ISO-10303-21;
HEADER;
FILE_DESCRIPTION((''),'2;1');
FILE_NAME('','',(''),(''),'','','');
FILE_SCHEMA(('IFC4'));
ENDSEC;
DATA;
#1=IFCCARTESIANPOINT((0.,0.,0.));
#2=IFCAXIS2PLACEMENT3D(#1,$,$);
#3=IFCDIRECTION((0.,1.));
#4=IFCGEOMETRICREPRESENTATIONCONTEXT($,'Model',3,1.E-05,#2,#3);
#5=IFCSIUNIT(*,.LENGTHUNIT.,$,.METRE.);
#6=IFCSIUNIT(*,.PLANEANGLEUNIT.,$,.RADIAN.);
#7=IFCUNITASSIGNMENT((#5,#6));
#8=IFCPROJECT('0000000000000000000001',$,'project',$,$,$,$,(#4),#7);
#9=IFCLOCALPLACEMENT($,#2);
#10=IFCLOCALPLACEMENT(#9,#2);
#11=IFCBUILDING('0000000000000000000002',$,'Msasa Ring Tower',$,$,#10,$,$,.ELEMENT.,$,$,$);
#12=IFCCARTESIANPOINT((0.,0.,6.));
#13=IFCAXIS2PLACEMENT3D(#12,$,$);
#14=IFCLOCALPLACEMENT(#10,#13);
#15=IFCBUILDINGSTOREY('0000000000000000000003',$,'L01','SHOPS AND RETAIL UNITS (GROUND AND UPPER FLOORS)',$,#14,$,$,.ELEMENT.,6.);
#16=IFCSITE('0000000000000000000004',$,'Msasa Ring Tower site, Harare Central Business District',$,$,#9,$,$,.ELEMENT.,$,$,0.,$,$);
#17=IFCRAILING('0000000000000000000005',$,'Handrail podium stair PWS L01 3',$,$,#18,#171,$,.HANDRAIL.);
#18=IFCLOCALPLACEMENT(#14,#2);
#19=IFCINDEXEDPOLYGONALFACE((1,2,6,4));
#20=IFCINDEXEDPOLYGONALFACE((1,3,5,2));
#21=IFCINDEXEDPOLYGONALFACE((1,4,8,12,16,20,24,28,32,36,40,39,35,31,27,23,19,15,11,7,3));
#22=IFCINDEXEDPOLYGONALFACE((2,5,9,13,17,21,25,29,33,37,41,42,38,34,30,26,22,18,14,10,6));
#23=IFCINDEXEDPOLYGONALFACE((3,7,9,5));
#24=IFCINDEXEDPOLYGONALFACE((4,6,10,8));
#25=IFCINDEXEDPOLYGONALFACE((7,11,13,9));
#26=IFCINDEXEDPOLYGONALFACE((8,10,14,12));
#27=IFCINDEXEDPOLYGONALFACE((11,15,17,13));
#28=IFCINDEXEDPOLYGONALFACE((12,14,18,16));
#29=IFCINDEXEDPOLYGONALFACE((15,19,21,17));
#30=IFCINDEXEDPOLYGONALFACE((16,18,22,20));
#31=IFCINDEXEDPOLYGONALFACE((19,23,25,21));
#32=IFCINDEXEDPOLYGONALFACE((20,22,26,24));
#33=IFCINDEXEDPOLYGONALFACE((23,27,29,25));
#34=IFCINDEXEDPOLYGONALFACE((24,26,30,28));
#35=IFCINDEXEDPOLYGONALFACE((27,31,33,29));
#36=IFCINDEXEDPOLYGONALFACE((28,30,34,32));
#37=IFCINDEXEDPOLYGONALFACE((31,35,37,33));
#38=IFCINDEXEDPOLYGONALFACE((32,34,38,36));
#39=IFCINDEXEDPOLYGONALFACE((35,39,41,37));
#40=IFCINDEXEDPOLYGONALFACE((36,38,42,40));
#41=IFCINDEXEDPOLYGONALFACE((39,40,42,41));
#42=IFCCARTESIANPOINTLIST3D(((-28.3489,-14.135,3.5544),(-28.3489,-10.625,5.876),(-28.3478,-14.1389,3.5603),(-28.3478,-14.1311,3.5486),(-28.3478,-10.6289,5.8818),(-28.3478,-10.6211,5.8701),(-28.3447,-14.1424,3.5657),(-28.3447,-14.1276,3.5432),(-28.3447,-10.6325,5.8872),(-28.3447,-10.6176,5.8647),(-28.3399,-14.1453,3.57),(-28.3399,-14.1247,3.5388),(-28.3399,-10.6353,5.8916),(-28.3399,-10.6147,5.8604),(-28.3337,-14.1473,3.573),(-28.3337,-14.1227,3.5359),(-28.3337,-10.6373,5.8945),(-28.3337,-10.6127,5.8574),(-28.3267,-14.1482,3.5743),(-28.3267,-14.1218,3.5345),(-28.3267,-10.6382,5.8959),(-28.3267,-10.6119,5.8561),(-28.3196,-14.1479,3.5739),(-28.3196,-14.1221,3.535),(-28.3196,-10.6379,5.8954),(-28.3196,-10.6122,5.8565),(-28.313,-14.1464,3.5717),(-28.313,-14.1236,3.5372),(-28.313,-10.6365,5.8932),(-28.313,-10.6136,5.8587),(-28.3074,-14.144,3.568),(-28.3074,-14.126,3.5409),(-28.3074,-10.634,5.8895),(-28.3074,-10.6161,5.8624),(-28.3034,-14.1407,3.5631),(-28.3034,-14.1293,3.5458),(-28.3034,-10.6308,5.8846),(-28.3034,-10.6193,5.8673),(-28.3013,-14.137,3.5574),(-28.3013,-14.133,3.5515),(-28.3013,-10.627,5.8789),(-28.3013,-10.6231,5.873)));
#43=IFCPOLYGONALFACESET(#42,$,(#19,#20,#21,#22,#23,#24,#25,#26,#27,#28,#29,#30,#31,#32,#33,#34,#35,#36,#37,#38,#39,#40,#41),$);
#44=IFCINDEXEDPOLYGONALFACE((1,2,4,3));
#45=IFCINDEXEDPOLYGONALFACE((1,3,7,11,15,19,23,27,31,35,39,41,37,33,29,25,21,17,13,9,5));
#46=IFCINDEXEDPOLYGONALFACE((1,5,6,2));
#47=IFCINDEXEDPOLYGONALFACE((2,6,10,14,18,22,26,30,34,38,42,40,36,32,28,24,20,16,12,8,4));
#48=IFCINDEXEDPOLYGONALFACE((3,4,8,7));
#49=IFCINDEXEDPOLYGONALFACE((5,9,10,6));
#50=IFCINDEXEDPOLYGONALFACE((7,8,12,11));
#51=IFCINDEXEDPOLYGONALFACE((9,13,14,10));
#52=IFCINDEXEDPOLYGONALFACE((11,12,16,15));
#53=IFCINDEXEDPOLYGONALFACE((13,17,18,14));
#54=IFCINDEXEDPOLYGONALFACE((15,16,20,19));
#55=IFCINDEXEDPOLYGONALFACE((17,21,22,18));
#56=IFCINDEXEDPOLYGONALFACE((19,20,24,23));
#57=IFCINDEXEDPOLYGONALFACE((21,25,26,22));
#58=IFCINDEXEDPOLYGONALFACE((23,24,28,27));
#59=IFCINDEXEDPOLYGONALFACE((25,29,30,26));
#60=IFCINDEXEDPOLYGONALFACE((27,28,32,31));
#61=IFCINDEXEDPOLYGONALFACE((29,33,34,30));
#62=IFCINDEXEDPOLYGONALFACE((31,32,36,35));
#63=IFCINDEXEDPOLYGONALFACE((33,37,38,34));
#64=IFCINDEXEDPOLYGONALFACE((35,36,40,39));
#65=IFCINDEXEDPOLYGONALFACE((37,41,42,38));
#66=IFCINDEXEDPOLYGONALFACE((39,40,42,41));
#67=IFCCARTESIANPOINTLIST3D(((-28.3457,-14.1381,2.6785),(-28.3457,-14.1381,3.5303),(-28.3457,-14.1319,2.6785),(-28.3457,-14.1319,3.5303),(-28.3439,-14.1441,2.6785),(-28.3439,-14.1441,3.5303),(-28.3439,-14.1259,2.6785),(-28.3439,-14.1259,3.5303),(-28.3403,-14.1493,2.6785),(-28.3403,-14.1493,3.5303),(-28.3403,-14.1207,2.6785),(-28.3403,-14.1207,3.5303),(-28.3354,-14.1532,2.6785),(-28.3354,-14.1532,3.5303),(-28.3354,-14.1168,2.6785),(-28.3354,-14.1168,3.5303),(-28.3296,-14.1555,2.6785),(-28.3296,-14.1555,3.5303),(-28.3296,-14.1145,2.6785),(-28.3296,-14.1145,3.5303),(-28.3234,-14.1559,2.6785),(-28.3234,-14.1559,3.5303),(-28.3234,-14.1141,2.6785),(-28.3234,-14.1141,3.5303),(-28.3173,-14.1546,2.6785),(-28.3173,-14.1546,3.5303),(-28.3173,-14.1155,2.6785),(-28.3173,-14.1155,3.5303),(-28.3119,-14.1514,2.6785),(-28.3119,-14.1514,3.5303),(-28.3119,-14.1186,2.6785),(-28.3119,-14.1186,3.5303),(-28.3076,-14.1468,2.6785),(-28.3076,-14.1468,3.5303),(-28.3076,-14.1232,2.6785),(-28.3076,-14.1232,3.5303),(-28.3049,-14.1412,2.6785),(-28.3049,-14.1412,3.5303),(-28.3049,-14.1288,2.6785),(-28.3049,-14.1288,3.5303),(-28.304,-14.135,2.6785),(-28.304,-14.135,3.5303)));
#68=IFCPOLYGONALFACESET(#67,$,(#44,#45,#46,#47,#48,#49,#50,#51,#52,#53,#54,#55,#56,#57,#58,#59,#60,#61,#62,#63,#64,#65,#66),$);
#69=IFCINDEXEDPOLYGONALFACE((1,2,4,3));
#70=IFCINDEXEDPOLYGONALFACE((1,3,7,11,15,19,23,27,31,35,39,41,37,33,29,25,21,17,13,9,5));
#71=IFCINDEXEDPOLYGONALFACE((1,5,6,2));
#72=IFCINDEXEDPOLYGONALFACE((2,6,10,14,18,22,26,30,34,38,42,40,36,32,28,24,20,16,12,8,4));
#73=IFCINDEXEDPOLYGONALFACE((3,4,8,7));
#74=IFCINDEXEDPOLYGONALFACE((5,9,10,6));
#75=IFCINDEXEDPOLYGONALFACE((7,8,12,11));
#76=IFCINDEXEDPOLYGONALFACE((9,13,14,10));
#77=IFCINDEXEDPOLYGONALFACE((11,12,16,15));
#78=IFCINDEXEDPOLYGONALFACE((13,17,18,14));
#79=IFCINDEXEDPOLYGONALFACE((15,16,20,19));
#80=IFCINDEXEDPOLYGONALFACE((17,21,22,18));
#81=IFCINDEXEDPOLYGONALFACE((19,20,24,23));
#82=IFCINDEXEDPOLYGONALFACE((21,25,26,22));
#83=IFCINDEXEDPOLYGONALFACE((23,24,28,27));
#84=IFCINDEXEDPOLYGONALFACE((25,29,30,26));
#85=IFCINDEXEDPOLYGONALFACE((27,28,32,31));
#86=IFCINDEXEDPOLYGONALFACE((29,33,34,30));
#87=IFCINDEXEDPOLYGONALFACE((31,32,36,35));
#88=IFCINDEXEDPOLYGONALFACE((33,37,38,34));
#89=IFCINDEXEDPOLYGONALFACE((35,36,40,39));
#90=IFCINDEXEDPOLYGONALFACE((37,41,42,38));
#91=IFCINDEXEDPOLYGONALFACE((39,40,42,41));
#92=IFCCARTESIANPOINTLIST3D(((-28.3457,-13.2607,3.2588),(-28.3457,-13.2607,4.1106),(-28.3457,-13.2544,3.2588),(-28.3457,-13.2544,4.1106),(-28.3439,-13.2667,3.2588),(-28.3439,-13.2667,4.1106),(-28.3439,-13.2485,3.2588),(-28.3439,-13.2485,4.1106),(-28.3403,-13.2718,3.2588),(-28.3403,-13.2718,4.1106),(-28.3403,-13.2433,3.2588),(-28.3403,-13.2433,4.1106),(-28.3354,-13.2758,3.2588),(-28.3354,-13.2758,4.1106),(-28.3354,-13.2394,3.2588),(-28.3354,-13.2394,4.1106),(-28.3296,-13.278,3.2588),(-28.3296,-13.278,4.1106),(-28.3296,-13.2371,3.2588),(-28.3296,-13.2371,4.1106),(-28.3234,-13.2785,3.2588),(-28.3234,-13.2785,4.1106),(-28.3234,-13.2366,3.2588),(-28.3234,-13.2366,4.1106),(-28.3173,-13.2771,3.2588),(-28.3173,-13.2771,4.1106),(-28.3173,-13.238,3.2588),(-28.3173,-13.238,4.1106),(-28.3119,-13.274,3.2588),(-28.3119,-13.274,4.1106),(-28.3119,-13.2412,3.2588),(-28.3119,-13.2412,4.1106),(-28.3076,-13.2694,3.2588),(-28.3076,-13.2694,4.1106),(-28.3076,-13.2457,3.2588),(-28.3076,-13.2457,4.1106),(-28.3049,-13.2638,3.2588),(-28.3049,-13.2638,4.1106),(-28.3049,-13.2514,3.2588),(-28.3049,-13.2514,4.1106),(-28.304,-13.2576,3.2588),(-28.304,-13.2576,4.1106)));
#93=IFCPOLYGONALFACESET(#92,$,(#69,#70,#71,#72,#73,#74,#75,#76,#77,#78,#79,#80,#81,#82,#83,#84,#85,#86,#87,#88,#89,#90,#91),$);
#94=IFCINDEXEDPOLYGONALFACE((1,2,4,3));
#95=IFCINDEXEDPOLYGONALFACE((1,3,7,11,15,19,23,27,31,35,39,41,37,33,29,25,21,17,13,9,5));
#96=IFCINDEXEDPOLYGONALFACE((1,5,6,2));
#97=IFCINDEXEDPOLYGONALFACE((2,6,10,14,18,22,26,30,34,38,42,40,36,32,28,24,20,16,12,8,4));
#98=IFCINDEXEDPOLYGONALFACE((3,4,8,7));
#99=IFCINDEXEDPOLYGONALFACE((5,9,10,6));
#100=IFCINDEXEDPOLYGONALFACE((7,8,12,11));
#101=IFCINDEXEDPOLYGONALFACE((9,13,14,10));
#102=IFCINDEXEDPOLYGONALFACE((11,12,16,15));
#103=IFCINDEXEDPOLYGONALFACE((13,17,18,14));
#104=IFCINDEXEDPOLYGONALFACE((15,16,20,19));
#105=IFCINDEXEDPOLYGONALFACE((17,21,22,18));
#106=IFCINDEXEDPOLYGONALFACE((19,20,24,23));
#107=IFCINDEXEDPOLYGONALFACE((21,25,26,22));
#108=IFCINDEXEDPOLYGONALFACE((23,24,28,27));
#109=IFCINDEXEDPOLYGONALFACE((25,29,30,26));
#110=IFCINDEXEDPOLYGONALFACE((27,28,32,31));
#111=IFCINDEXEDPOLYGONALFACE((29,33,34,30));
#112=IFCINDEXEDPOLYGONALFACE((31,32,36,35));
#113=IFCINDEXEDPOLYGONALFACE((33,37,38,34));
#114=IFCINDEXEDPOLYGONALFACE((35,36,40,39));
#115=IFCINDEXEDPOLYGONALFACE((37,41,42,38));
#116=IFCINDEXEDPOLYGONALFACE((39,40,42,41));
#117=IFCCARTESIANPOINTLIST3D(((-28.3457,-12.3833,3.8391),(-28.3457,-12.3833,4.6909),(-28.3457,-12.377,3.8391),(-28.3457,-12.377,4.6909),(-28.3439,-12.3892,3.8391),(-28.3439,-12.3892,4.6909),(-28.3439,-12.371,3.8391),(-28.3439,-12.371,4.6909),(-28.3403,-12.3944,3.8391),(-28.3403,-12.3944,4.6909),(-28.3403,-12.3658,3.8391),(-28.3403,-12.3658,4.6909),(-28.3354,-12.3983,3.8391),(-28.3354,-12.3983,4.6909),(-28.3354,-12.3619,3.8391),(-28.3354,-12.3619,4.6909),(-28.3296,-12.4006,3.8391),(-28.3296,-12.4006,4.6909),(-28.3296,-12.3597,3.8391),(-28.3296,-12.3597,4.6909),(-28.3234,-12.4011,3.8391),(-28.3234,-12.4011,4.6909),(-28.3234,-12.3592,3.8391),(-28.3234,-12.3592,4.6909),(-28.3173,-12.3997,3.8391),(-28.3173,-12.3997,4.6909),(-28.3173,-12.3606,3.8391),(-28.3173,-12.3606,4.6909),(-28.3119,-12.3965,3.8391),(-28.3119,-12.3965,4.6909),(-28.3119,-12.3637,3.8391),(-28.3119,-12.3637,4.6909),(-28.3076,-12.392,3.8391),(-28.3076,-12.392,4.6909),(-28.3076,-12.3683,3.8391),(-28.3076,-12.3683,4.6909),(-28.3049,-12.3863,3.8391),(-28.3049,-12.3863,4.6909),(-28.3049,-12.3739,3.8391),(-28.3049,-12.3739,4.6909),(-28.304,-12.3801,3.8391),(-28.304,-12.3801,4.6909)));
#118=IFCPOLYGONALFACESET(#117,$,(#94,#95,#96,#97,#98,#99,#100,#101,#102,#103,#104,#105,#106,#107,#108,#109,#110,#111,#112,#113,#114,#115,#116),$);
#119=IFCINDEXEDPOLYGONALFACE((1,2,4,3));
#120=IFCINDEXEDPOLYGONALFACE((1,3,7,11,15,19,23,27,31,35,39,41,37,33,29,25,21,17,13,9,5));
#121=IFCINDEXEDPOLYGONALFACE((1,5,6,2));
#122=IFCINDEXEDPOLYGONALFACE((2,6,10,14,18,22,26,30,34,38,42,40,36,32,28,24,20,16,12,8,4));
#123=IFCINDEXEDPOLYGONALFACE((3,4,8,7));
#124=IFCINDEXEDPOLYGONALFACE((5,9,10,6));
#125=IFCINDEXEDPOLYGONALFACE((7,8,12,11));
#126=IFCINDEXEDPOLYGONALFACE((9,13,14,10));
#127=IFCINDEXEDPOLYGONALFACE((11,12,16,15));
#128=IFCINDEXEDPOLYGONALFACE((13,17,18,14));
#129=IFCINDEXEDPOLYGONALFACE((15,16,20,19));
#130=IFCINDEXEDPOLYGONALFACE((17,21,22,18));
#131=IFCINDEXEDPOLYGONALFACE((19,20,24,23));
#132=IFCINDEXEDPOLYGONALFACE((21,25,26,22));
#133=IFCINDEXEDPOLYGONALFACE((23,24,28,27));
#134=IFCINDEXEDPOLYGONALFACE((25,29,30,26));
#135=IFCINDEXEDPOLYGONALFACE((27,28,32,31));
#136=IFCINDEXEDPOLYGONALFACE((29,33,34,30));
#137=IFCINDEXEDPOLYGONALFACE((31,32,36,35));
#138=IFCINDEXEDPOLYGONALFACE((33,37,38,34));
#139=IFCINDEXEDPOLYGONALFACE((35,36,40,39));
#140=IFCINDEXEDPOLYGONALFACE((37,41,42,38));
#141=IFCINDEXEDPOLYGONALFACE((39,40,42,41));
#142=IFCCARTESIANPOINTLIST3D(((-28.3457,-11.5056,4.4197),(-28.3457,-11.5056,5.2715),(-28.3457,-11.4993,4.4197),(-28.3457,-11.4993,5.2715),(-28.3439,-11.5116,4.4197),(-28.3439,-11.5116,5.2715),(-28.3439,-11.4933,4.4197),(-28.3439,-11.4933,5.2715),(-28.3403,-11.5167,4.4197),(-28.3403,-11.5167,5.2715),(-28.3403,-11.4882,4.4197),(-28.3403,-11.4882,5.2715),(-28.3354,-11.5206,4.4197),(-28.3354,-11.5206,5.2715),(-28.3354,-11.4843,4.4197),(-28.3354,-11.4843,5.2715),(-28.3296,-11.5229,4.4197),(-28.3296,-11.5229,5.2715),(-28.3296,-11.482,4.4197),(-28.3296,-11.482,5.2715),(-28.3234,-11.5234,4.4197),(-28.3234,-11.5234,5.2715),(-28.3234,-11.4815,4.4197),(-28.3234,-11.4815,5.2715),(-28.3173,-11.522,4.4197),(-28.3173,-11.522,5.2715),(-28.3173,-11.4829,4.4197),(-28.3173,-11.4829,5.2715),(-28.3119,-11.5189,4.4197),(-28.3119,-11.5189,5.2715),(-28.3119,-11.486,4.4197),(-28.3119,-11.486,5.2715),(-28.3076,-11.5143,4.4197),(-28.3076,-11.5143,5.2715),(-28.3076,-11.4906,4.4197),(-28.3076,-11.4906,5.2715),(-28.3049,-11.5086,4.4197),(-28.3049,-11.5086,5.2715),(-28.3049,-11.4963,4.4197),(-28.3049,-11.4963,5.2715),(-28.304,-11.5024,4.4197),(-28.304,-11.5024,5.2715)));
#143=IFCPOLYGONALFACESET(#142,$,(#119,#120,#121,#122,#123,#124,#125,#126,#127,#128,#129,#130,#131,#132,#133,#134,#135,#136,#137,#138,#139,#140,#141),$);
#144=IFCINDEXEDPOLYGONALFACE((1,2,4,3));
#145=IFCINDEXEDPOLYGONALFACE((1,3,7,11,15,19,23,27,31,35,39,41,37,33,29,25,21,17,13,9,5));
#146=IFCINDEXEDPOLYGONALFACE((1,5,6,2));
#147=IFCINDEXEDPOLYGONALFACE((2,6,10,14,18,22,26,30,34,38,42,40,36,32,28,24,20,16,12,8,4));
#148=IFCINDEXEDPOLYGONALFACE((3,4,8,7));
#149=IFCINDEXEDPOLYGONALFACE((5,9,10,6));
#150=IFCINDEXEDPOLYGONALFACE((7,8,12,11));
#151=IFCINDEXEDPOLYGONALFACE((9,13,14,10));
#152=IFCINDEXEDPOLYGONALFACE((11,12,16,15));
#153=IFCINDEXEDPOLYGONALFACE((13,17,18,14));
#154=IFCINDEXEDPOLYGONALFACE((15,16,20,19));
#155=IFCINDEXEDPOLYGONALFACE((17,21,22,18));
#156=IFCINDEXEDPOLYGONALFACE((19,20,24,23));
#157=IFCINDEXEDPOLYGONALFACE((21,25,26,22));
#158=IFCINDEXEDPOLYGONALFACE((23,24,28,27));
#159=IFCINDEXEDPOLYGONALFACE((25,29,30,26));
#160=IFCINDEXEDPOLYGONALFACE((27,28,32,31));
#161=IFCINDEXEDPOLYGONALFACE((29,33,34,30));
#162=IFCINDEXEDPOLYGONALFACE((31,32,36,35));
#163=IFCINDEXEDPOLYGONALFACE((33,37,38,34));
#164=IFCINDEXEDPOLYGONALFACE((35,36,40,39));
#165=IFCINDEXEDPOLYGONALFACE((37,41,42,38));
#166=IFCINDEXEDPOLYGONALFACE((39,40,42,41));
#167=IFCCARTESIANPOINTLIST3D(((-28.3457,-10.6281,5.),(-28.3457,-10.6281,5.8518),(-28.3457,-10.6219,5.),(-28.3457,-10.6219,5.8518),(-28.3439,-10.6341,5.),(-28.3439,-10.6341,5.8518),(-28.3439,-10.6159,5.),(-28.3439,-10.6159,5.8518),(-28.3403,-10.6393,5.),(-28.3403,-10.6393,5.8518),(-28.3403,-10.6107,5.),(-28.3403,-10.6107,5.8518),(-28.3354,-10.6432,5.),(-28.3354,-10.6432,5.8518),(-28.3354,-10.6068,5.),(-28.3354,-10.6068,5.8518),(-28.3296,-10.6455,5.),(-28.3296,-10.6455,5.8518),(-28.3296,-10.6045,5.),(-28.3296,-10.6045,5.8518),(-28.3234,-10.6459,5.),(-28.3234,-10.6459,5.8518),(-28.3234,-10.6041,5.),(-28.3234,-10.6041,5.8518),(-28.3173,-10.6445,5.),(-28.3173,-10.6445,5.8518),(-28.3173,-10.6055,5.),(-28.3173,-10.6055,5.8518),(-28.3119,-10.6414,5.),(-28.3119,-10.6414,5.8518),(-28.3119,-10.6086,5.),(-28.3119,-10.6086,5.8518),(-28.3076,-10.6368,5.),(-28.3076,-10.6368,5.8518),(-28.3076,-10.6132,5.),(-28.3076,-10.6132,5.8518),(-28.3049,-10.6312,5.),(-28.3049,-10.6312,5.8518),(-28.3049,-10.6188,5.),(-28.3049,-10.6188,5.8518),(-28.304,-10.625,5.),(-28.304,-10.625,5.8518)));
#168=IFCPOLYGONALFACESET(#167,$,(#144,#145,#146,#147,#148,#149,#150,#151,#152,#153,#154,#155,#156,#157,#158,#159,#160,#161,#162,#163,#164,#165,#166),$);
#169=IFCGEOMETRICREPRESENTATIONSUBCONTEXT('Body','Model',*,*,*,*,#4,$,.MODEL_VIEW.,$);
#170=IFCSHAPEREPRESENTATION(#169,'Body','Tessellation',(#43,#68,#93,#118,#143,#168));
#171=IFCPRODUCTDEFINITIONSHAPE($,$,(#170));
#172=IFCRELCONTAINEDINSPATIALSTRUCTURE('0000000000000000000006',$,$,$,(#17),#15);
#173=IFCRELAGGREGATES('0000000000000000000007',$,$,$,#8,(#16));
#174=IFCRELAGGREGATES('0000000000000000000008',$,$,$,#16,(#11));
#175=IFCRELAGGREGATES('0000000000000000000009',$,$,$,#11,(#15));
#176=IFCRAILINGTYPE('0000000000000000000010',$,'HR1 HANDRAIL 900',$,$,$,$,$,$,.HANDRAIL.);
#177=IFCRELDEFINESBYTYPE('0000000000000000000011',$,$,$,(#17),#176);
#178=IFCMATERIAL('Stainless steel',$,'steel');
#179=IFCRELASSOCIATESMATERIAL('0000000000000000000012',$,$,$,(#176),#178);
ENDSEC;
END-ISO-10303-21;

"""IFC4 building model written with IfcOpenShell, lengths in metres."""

from ifc_helpers import new_model, si_unit, direction, frame, origin, origin_2d, place, context, subcontext, project, spatial, circle, extrude, material, type_object, element, save


model = new_model("IFC4")

# Units and contexts
model_context = context("Model", 3, precision=1e-05, world=origin(), true_north=direction((0.0, 1.0)))
body_context = subcontext(model_context, "Body", "Model", "MODEL_VIEW")
ifc_project = project(units=[si_unit("LENGTHUNIT", "METRE"), si_unit("PLANEANGLEUNIT", "RADIAN")], contexts=[model_context])

# Site, building, storey
site_placement = place(None, origin())
site = spatial("IfcSite", under=ifc_project, at=site_placement, Name="Msasa Ring Tower site, Harare Central Business District", CompositionType="ELEMENT", RefElevation=0.0)
building_placement = place(site_placement, origin())
building = spatial("IfcBuilding", under=site, at=building_placement, Name="Msasa Ring Tower", CompositionType="ELEMENT")
storey_placement = place(building_placement, frame((0.0, 0.0, 6.0)))
storey = spatial("IfcBuildingStorey", under=building, at=storey_placement, Name="L01", Description="SHOPS AND RETAIL UNITS (GROUND AND UPPER FLOORS)", CompositionType="ELEMENT", Elevation=6.0)

# Railing
ifc_material_1 = material(Name="Stainless steel", Category="steel")
railing_type = type_object("IfcRailingType", Name="HR1 HANDRAIL 900", PredefinedType="HANDRAIL", material=ifc_material_1)
for number, where, name in (
    (1, (-28.325, -14.135, 2.6785), "Handrail podium stair PWS L01 3"),
):
    element("IfcRailing", number, at=place(storey_placement, frame(where)), inside=storey, type_object=railing_type, Name=name, PredefinedType="HANDRAIL", context=body_context, shape_type="SweptSolid", body=[
        extrude(circle(Radius=0.0239, at=origin_2d()), frame((0.0, 0.0, 0.876), z_axis=(0.0, 0.834071, 0.551657), x_axis=(-1.0, 0.0, 0.0)), (0.0, 0.0, 1.0), 4.2083),
        extrude(circle(Radius=0.021, at=origin_2d()), origin(), (0.0, 0.0, 1.0), 0.8518),
        extrude(circle(Radius=0.021, at=origin_2d()), frame((0.0, 0.8774, 0.5803)), (0.0, 0.0, 1.0), 0.8518),
        extrude(circle(Radius=0.021, at=origin_2d()), frame((0.0, 1.7549, 1.1606)), (0.0, 0.0, 1.0), 0.8518),
        extrude(circle(Radius=0.021, at=origin_2d()), frame((0.0, 2.6326, 1.7412)), (0.0, 0.0, 1.0), 0.8518),
        extrude(circle(Radius=0.021, at=origin_2d()), frame((0.0, 3.51, 2.3215)), (0.0, 0.0, 1.0), 0.8518),
    ])

save(model, "model.ifc")
